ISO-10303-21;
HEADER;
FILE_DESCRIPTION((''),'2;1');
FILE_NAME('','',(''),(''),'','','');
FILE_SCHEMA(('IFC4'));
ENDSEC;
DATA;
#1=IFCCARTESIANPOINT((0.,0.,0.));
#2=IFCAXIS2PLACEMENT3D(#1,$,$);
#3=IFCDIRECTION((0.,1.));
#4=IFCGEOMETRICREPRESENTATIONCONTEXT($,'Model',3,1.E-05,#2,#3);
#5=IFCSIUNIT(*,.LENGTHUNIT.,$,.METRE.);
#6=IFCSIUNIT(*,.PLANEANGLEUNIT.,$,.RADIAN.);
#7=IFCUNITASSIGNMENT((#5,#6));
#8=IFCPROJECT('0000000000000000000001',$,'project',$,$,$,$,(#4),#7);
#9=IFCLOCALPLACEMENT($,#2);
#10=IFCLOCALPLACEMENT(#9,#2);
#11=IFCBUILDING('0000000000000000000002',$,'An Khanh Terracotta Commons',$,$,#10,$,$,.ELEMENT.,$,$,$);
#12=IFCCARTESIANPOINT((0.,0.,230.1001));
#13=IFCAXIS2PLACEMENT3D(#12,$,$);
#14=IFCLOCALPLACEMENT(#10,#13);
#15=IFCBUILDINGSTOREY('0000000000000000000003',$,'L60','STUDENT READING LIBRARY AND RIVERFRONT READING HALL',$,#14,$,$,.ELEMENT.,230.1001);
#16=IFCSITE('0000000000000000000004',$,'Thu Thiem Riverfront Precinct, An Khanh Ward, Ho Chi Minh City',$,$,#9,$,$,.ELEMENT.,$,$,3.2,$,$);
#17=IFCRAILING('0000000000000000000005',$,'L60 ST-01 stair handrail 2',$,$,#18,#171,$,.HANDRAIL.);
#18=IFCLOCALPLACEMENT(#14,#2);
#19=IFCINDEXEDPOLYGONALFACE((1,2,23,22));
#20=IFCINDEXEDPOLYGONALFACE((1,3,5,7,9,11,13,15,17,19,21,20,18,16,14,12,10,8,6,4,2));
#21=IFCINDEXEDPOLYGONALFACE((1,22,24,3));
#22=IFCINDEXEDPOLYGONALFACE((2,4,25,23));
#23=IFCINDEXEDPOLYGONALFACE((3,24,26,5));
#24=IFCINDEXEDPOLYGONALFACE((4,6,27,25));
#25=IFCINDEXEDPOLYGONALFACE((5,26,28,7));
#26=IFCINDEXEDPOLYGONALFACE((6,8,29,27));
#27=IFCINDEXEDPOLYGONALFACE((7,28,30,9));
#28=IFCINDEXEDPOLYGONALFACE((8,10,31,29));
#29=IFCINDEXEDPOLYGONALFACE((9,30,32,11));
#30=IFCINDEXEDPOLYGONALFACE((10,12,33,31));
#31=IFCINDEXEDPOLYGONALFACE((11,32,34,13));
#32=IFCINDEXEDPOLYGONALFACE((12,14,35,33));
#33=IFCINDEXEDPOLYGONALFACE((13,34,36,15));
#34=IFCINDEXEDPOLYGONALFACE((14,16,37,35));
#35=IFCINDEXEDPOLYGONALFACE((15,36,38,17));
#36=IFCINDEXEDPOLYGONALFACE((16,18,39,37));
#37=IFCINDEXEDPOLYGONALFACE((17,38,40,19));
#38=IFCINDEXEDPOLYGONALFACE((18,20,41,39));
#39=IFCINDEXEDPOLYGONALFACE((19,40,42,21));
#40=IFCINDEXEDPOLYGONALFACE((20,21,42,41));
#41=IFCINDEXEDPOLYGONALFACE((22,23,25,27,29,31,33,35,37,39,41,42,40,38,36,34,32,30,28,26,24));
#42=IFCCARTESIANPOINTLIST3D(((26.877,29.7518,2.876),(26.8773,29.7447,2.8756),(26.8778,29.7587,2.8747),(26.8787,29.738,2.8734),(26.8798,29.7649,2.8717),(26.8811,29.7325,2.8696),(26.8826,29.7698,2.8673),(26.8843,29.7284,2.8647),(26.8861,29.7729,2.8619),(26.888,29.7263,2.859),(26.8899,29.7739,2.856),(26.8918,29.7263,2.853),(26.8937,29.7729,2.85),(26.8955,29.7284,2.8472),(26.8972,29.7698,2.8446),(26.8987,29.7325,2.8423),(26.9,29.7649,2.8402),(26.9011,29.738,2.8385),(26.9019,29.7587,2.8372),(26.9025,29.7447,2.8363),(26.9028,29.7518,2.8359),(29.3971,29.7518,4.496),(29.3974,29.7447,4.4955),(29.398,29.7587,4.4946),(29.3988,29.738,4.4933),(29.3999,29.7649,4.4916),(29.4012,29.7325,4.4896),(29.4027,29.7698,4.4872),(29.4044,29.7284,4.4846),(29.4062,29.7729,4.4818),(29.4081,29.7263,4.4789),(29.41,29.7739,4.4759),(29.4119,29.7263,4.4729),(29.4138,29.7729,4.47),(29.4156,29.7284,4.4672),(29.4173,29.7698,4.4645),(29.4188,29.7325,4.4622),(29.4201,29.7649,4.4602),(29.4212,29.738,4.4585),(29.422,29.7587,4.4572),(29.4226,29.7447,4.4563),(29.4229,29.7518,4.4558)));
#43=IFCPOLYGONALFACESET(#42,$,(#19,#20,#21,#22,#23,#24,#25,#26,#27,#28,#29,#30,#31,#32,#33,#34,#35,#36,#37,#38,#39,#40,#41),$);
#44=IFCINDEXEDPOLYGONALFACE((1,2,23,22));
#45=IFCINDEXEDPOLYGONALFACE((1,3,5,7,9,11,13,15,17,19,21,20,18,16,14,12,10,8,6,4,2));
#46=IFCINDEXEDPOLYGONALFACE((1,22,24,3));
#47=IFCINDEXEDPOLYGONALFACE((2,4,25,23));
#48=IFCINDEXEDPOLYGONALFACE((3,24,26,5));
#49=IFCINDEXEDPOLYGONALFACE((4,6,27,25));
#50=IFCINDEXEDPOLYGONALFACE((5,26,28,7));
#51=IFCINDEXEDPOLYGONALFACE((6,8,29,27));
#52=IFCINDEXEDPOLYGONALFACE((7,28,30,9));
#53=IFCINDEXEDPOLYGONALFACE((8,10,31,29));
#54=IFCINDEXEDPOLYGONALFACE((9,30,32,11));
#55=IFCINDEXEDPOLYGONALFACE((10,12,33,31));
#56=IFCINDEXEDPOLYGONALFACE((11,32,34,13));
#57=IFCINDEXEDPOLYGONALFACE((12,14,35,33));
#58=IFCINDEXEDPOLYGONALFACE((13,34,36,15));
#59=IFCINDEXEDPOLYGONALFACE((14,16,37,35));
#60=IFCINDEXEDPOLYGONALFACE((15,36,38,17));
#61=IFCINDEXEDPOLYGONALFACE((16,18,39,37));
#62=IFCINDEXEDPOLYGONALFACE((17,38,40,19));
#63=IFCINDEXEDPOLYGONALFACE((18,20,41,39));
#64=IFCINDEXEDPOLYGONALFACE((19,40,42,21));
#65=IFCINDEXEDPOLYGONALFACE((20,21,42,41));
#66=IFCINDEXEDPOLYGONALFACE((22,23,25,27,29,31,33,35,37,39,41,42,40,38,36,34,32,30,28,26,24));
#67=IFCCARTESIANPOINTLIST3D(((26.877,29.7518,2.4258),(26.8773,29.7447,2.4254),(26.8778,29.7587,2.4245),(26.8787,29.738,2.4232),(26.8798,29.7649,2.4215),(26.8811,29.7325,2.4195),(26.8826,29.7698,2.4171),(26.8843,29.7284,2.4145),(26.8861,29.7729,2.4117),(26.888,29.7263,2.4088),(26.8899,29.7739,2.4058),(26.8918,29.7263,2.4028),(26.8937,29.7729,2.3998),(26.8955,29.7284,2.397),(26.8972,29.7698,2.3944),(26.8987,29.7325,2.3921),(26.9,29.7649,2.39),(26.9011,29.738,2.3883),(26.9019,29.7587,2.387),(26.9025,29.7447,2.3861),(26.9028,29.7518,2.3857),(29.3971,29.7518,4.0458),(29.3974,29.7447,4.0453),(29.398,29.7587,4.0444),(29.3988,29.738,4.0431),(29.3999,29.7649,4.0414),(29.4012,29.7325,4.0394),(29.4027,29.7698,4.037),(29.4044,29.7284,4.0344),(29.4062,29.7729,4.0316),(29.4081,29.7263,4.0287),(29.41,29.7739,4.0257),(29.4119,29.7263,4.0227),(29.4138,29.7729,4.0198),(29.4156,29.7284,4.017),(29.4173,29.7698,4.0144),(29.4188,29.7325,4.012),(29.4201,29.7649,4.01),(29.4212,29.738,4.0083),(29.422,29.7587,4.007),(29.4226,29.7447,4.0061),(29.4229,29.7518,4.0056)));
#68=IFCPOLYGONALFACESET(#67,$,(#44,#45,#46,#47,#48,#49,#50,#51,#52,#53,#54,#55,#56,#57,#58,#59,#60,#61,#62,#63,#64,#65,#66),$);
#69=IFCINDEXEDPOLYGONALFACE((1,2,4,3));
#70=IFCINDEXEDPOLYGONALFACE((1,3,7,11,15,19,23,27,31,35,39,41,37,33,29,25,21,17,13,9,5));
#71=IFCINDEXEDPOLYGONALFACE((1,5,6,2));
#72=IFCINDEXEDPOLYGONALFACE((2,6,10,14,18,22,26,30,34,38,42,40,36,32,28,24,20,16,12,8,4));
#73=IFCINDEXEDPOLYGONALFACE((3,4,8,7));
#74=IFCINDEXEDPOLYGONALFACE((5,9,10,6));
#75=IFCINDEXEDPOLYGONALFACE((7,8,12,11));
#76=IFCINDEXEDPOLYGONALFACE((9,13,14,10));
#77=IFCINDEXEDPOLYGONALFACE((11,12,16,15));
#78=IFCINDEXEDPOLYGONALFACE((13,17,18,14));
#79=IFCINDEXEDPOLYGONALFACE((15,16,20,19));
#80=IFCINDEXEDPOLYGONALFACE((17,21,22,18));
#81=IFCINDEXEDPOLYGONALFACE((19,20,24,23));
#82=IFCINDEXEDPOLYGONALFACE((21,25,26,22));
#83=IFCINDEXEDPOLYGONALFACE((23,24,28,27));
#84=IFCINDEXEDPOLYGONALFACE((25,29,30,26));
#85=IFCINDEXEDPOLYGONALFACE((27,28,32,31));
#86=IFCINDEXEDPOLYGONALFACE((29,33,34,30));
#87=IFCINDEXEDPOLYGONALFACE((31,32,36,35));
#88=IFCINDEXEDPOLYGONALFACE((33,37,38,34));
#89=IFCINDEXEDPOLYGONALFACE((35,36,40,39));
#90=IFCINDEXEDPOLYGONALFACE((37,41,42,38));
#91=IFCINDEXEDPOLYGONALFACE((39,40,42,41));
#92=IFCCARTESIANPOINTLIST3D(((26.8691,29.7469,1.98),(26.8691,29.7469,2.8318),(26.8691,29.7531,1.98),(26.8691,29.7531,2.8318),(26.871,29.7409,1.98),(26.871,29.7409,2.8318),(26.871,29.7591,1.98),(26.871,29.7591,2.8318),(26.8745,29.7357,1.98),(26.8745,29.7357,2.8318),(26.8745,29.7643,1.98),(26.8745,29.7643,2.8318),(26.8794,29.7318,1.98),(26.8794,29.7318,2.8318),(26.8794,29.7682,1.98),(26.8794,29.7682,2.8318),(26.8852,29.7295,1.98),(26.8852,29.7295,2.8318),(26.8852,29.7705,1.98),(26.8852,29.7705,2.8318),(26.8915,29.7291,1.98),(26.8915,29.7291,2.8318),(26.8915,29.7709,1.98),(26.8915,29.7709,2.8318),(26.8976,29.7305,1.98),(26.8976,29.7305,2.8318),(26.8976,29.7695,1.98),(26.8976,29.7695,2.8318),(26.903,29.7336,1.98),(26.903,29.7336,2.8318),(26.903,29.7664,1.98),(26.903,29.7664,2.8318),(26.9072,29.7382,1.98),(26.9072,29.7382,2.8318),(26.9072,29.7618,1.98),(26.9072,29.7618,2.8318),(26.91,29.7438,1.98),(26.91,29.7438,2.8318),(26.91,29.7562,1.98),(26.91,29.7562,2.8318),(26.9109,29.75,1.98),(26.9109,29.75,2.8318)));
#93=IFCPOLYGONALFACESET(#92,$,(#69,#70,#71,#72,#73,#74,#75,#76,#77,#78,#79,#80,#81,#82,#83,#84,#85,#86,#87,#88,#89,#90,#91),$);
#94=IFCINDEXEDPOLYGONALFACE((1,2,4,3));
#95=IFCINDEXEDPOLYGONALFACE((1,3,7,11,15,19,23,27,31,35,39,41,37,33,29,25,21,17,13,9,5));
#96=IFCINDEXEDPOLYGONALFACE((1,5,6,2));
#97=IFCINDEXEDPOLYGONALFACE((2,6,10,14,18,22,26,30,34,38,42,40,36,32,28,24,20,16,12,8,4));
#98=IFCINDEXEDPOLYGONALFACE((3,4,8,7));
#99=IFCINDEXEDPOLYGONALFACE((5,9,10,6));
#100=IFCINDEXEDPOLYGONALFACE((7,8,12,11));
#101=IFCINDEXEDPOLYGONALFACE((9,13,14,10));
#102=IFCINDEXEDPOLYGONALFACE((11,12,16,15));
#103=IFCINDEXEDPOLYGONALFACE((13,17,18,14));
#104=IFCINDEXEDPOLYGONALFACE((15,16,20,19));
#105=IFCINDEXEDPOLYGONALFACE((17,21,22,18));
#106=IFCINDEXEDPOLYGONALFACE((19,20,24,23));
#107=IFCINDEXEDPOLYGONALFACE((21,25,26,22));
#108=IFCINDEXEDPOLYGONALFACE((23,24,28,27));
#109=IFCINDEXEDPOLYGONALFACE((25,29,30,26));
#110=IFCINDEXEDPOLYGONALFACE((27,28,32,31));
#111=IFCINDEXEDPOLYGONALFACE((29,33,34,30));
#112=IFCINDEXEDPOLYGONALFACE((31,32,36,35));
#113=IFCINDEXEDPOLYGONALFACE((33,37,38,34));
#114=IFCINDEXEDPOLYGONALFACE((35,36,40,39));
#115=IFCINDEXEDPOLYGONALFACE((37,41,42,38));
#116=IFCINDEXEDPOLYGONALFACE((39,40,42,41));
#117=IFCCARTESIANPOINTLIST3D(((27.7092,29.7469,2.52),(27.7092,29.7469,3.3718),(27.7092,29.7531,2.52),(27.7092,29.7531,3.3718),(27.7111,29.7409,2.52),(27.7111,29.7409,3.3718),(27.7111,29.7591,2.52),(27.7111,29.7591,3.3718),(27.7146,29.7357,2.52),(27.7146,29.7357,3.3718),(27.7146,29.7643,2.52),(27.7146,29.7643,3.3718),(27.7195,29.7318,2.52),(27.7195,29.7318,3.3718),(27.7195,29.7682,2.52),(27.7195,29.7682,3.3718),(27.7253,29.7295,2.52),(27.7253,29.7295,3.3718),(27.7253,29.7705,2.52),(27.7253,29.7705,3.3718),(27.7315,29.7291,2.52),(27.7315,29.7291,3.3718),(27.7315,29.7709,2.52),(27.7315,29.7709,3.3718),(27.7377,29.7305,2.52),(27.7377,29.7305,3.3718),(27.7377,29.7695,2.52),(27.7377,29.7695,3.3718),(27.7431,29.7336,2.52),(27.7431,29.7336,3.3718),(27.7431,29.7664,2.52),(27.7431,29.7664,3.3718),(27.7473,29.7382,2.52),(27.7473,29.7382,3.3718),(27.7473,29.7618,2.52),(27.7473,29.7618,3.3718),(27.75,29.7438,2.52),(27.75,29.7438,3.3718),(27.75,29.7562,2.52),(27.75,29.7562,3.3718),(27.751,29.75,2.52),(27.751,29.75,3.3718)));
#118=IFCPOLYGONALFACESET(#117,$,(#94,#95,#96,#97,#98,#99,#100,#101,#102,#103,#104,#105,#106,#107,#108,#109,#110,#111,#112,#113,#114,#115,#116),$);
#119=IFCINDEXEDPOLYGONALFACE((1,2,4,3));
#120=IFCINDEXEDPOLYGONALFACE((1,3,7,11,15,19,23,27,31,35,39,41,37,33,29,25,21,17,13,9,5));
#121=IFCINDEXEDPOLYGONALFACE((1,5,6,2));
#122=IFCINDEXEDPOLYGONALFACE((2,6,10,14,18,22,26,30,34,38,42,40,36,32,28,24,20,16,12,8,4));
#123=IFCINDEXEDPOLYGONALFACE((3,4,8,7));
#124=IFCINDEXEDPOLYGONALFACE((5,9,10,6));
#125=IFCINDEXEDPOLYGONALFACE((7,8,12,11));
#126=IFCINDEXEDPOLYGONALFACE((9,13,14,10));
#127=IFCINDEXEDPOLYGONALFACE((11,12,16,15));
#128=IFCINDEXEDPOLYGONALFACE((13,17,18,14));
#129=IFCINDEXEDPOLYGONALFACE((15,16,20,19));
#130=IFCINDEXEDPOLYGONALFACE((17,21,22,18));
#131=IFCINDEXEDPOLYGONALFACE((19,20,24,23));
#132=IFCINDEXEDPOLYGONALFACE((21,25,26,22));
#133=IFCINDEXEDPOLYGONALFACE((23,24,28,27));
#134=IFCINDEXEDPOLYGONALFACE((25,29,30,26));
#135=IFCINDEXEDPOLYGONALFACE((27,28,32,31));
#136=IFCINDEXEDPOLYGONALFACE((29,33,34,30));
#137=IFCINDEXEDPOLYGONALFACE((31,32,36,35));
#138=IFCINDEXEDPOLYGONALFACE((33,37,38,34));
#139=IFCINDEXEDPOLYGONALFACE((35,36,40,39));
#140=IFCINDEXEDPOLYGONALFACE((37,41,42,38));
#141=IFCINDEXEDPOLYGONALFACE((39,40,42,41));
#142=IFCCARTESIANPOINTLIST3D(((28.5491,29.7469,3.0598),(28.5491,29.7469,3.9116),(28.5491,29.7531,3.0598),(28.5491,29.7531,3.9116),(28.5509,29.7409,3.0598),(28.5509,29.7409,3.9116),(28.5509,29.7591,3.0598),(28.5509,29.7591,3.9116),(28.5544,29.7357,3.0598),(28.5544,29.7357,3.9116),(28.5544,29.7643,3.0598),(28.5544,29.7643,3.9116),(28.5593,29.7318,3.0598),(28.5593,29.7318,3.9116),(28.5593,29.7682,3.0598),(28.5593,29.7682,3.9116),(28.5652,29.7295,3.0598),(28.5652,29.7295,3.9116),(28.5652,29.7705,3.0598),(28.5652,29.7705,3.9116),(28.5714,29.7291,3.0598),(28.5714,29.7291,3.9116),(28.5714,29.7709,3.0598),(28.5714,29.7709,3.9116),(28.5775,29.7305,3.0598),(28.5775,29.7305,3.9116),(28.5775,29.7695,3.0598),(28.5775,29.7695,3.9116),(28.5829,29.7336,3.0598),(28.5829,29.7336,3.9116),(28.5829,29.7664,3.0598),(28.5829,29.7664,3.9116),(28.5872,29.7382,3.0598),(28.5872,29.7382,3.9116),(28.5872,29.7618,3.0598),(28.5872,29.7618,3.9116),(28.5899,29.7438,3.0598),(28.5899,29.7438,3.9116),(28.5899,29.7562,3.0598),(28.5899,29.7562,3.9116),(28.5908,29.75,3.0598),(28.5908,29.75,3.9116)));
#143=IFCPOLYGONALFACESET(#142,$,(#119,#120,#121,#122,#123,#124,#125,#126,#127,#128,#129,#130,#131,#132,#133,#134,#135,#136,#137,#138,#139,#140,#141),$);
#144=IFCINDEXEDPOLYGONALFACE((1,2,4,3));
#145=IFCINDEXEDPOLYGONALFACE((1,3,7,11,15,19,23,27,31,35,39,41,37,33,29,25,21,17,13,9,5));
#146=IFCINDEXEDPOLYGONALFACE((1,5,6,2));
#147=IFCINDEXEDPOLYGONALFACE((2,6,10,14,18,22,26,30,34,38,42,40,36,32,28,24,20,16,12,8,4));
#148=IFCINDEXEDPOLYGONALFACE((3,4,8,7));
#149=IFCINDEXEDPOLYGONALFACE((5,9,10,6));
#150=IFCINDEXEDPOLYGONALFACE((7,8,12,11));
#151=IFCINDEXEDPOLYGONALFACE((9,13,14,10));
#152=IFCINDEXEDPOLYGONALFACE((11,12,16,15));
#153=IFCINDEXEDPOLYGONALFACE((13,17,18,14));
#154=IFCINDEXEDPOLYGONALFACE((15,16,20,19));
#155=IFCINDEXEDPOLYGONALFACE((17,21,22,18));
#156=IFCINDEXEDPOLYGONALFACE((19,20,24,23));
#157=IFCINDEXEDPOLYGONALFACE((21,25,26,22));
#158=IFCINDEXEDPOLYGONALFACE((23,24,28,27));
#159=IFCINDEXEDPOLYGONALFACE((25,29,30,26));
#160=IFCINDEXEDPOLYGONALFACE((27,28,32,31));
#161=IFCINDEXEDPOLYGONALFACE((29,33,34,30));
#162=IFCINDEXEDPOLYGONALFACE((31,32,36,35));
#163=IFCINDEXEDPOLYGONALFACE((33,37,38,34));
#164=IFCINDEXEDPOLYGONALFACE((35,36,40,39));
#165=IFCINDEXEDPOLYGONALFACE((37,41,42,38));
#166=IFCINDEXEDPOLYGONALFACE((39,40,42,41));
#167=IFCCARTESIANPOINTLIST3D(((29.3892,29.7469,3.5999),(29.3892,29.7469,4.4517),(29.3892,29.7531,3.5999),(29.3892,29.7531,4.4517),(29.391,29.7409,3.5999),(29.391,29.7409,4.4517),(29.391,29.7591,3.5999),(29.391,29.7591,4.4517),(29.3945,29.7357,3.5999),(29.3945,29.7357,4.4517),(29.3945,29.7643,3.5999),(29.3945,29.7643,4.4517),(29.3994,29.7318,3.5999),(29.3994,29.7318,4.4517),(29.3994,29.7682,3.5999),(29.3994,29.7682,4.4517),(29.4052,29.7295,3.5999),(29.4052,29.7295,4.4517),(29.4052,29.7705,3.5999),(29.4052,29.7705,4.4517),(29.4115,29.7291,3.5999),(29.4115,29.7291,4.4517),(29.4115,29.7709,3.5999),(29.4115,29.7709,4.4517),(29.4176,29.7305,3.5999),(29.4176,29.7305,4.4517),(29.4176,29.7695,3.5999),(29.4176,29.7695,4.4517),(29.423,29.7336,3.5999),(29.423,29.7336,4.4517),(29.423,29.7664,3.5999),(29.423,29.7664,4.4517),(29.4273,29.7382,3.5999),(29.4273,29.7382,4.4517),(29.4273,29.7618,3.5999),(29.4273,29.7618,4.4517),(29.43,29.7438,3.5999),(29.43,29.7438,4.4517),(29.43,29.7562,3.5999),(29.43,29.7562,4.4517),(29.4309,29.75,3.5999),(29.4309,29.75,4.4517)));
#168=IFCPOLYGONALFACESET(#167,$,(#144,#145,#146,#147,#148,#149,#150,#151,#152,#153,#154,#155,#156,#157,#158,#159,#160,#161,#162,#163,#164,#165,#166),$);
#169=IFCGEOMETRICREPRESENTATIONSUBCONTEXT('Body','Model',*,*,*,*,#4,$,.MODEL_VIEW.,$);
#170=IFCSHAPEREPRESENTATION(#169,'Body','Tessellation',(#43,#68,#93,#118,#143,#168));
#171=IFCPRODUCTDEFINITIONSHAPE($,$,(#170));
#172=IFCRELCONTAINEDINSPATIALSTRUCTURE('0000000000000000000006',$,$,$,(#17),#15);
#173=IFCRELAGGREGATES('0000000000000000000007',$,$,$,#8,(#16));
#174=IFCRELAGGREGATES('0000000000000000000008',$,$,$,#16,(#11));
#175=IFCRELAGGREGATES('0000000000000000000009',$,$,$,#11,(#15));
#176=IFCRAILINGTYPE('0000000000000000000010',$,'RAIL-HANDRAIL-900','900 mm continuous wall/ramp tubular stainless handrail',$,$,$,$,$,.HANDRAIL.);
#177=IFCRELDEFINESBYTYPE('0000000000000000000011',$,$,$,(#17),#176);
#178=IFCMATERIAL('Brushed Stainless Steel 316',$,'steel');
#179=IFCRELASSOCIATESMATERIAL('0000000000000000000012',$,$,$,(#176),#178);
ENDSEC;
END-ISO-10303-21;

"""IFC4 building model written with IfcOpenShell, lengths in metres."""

from ifc_helpers import new_model, si_unit, direction, frame, origin, origin_2d, place, context, subcontext, project, spatial, circle, extrude, material, type_object, element, save


model = new_model("IFC4")

# Units and contexts
model_context = context("Model", 3, precision=1e-05, world=origin(), true_north=direction((0.0, 1.0)))
body_context = subcontext(model_context, "Body", "Model", "MODEL_VIEW")
ifc_project = project(units=[si_unit("LENGTHUNIT", "METRE"), si_unit("PLANEANGLEUNIT", "RADIAN")], contexts=[model_context])

# Site, building, storey
site_placement = place(None, origin())
site = spatial("IfcSite", under=ifc_project, at=site_placement, Name="Thu Thiem Riverfront Precinct, An Khanh Ward, Ho Chi Minh City", CompositionType="ELEMENT", RefElevation=3.2)
building_placement = place(site_placement, origin())
building = spatial("IfcBuilding", under=site, at=building_placement, Name="An Khanh Terracotta Commons", CompositionType="ELEMENT")
storey_placement = place(building_placement, frame((0.0, 0.0, 230.1001)))
storey = spatial("IfcBuildingStorey", under=building, at=storey_placement, Name="L60", Description="STUDENT READING LIBRARY AND RIVERFRONT READING HALL", CompositionType="ELEMENT", Elevation=230.1001)

# Railing
ifc_material_1 = material(Name="Brushed Stainless Steel 316", Category="steel")
railing_type_1 = type_object("IfcRailingType", Name="RAIL-HANDRAIL-900", Description="900 mm continuous wall/ramp tubular stainless handrail", PredefinedType="HANDRAIL", material=ifc_material_1)
railing_1_placement = place(storey_placement, frame((26.8899, 29.75, 1.98)))
element("IfcRailing", 1, at=railing_1_placement, inside=storey, type_object=railing_type_1, Name="L60 ST-01 stair handrail 2", PredefinedType="HANDRAIL", context=body_context, shape_type="SweptSolid", body=[
    extrude(circle(Radius=0.0239, at=origin_2d()), frame((0.0, 0.0, 0.876), z_axis=(0.8412, 0.0, 0.540725), x_axis=(0.0, 1.0, 0.0)), (0.0, 0.0, 1.0), 2.9958),
    extrude(circle(Radius=0.0239, at=origin_2d()), frame((0.0, 0.0, 0.4258), z_axis=(0.8412, 0.0, 0.540725), x_axis=(0.0, 1.0, 0.0)), (0.0, 0.0, 1.0), 2.9958),
    extrude(circle(Radius=0.021, at=origin_2d()), origin(), (0.0, 0.0, 1.0), 0.8518),
    extrude(circle(Radius=0.021, at=origin_2d()), frame((0.8401, 0.0, 0.54)), (0.0, 0.0, 1.0), 0.8518),
    extrude(circle(Radius=0.021, at=origin_2d()), frame((1.6799, 0.0, 1.0798)), (0.0, 0.0, 1.0), 0.8518),
    extrude(circle(Radius=0.021, at=origin_2d()), frame((2.52, 0.0, 1.6199)), (0.0, 0.0, 1.0), 0.8518),
])

save(model, "model.ifc")
